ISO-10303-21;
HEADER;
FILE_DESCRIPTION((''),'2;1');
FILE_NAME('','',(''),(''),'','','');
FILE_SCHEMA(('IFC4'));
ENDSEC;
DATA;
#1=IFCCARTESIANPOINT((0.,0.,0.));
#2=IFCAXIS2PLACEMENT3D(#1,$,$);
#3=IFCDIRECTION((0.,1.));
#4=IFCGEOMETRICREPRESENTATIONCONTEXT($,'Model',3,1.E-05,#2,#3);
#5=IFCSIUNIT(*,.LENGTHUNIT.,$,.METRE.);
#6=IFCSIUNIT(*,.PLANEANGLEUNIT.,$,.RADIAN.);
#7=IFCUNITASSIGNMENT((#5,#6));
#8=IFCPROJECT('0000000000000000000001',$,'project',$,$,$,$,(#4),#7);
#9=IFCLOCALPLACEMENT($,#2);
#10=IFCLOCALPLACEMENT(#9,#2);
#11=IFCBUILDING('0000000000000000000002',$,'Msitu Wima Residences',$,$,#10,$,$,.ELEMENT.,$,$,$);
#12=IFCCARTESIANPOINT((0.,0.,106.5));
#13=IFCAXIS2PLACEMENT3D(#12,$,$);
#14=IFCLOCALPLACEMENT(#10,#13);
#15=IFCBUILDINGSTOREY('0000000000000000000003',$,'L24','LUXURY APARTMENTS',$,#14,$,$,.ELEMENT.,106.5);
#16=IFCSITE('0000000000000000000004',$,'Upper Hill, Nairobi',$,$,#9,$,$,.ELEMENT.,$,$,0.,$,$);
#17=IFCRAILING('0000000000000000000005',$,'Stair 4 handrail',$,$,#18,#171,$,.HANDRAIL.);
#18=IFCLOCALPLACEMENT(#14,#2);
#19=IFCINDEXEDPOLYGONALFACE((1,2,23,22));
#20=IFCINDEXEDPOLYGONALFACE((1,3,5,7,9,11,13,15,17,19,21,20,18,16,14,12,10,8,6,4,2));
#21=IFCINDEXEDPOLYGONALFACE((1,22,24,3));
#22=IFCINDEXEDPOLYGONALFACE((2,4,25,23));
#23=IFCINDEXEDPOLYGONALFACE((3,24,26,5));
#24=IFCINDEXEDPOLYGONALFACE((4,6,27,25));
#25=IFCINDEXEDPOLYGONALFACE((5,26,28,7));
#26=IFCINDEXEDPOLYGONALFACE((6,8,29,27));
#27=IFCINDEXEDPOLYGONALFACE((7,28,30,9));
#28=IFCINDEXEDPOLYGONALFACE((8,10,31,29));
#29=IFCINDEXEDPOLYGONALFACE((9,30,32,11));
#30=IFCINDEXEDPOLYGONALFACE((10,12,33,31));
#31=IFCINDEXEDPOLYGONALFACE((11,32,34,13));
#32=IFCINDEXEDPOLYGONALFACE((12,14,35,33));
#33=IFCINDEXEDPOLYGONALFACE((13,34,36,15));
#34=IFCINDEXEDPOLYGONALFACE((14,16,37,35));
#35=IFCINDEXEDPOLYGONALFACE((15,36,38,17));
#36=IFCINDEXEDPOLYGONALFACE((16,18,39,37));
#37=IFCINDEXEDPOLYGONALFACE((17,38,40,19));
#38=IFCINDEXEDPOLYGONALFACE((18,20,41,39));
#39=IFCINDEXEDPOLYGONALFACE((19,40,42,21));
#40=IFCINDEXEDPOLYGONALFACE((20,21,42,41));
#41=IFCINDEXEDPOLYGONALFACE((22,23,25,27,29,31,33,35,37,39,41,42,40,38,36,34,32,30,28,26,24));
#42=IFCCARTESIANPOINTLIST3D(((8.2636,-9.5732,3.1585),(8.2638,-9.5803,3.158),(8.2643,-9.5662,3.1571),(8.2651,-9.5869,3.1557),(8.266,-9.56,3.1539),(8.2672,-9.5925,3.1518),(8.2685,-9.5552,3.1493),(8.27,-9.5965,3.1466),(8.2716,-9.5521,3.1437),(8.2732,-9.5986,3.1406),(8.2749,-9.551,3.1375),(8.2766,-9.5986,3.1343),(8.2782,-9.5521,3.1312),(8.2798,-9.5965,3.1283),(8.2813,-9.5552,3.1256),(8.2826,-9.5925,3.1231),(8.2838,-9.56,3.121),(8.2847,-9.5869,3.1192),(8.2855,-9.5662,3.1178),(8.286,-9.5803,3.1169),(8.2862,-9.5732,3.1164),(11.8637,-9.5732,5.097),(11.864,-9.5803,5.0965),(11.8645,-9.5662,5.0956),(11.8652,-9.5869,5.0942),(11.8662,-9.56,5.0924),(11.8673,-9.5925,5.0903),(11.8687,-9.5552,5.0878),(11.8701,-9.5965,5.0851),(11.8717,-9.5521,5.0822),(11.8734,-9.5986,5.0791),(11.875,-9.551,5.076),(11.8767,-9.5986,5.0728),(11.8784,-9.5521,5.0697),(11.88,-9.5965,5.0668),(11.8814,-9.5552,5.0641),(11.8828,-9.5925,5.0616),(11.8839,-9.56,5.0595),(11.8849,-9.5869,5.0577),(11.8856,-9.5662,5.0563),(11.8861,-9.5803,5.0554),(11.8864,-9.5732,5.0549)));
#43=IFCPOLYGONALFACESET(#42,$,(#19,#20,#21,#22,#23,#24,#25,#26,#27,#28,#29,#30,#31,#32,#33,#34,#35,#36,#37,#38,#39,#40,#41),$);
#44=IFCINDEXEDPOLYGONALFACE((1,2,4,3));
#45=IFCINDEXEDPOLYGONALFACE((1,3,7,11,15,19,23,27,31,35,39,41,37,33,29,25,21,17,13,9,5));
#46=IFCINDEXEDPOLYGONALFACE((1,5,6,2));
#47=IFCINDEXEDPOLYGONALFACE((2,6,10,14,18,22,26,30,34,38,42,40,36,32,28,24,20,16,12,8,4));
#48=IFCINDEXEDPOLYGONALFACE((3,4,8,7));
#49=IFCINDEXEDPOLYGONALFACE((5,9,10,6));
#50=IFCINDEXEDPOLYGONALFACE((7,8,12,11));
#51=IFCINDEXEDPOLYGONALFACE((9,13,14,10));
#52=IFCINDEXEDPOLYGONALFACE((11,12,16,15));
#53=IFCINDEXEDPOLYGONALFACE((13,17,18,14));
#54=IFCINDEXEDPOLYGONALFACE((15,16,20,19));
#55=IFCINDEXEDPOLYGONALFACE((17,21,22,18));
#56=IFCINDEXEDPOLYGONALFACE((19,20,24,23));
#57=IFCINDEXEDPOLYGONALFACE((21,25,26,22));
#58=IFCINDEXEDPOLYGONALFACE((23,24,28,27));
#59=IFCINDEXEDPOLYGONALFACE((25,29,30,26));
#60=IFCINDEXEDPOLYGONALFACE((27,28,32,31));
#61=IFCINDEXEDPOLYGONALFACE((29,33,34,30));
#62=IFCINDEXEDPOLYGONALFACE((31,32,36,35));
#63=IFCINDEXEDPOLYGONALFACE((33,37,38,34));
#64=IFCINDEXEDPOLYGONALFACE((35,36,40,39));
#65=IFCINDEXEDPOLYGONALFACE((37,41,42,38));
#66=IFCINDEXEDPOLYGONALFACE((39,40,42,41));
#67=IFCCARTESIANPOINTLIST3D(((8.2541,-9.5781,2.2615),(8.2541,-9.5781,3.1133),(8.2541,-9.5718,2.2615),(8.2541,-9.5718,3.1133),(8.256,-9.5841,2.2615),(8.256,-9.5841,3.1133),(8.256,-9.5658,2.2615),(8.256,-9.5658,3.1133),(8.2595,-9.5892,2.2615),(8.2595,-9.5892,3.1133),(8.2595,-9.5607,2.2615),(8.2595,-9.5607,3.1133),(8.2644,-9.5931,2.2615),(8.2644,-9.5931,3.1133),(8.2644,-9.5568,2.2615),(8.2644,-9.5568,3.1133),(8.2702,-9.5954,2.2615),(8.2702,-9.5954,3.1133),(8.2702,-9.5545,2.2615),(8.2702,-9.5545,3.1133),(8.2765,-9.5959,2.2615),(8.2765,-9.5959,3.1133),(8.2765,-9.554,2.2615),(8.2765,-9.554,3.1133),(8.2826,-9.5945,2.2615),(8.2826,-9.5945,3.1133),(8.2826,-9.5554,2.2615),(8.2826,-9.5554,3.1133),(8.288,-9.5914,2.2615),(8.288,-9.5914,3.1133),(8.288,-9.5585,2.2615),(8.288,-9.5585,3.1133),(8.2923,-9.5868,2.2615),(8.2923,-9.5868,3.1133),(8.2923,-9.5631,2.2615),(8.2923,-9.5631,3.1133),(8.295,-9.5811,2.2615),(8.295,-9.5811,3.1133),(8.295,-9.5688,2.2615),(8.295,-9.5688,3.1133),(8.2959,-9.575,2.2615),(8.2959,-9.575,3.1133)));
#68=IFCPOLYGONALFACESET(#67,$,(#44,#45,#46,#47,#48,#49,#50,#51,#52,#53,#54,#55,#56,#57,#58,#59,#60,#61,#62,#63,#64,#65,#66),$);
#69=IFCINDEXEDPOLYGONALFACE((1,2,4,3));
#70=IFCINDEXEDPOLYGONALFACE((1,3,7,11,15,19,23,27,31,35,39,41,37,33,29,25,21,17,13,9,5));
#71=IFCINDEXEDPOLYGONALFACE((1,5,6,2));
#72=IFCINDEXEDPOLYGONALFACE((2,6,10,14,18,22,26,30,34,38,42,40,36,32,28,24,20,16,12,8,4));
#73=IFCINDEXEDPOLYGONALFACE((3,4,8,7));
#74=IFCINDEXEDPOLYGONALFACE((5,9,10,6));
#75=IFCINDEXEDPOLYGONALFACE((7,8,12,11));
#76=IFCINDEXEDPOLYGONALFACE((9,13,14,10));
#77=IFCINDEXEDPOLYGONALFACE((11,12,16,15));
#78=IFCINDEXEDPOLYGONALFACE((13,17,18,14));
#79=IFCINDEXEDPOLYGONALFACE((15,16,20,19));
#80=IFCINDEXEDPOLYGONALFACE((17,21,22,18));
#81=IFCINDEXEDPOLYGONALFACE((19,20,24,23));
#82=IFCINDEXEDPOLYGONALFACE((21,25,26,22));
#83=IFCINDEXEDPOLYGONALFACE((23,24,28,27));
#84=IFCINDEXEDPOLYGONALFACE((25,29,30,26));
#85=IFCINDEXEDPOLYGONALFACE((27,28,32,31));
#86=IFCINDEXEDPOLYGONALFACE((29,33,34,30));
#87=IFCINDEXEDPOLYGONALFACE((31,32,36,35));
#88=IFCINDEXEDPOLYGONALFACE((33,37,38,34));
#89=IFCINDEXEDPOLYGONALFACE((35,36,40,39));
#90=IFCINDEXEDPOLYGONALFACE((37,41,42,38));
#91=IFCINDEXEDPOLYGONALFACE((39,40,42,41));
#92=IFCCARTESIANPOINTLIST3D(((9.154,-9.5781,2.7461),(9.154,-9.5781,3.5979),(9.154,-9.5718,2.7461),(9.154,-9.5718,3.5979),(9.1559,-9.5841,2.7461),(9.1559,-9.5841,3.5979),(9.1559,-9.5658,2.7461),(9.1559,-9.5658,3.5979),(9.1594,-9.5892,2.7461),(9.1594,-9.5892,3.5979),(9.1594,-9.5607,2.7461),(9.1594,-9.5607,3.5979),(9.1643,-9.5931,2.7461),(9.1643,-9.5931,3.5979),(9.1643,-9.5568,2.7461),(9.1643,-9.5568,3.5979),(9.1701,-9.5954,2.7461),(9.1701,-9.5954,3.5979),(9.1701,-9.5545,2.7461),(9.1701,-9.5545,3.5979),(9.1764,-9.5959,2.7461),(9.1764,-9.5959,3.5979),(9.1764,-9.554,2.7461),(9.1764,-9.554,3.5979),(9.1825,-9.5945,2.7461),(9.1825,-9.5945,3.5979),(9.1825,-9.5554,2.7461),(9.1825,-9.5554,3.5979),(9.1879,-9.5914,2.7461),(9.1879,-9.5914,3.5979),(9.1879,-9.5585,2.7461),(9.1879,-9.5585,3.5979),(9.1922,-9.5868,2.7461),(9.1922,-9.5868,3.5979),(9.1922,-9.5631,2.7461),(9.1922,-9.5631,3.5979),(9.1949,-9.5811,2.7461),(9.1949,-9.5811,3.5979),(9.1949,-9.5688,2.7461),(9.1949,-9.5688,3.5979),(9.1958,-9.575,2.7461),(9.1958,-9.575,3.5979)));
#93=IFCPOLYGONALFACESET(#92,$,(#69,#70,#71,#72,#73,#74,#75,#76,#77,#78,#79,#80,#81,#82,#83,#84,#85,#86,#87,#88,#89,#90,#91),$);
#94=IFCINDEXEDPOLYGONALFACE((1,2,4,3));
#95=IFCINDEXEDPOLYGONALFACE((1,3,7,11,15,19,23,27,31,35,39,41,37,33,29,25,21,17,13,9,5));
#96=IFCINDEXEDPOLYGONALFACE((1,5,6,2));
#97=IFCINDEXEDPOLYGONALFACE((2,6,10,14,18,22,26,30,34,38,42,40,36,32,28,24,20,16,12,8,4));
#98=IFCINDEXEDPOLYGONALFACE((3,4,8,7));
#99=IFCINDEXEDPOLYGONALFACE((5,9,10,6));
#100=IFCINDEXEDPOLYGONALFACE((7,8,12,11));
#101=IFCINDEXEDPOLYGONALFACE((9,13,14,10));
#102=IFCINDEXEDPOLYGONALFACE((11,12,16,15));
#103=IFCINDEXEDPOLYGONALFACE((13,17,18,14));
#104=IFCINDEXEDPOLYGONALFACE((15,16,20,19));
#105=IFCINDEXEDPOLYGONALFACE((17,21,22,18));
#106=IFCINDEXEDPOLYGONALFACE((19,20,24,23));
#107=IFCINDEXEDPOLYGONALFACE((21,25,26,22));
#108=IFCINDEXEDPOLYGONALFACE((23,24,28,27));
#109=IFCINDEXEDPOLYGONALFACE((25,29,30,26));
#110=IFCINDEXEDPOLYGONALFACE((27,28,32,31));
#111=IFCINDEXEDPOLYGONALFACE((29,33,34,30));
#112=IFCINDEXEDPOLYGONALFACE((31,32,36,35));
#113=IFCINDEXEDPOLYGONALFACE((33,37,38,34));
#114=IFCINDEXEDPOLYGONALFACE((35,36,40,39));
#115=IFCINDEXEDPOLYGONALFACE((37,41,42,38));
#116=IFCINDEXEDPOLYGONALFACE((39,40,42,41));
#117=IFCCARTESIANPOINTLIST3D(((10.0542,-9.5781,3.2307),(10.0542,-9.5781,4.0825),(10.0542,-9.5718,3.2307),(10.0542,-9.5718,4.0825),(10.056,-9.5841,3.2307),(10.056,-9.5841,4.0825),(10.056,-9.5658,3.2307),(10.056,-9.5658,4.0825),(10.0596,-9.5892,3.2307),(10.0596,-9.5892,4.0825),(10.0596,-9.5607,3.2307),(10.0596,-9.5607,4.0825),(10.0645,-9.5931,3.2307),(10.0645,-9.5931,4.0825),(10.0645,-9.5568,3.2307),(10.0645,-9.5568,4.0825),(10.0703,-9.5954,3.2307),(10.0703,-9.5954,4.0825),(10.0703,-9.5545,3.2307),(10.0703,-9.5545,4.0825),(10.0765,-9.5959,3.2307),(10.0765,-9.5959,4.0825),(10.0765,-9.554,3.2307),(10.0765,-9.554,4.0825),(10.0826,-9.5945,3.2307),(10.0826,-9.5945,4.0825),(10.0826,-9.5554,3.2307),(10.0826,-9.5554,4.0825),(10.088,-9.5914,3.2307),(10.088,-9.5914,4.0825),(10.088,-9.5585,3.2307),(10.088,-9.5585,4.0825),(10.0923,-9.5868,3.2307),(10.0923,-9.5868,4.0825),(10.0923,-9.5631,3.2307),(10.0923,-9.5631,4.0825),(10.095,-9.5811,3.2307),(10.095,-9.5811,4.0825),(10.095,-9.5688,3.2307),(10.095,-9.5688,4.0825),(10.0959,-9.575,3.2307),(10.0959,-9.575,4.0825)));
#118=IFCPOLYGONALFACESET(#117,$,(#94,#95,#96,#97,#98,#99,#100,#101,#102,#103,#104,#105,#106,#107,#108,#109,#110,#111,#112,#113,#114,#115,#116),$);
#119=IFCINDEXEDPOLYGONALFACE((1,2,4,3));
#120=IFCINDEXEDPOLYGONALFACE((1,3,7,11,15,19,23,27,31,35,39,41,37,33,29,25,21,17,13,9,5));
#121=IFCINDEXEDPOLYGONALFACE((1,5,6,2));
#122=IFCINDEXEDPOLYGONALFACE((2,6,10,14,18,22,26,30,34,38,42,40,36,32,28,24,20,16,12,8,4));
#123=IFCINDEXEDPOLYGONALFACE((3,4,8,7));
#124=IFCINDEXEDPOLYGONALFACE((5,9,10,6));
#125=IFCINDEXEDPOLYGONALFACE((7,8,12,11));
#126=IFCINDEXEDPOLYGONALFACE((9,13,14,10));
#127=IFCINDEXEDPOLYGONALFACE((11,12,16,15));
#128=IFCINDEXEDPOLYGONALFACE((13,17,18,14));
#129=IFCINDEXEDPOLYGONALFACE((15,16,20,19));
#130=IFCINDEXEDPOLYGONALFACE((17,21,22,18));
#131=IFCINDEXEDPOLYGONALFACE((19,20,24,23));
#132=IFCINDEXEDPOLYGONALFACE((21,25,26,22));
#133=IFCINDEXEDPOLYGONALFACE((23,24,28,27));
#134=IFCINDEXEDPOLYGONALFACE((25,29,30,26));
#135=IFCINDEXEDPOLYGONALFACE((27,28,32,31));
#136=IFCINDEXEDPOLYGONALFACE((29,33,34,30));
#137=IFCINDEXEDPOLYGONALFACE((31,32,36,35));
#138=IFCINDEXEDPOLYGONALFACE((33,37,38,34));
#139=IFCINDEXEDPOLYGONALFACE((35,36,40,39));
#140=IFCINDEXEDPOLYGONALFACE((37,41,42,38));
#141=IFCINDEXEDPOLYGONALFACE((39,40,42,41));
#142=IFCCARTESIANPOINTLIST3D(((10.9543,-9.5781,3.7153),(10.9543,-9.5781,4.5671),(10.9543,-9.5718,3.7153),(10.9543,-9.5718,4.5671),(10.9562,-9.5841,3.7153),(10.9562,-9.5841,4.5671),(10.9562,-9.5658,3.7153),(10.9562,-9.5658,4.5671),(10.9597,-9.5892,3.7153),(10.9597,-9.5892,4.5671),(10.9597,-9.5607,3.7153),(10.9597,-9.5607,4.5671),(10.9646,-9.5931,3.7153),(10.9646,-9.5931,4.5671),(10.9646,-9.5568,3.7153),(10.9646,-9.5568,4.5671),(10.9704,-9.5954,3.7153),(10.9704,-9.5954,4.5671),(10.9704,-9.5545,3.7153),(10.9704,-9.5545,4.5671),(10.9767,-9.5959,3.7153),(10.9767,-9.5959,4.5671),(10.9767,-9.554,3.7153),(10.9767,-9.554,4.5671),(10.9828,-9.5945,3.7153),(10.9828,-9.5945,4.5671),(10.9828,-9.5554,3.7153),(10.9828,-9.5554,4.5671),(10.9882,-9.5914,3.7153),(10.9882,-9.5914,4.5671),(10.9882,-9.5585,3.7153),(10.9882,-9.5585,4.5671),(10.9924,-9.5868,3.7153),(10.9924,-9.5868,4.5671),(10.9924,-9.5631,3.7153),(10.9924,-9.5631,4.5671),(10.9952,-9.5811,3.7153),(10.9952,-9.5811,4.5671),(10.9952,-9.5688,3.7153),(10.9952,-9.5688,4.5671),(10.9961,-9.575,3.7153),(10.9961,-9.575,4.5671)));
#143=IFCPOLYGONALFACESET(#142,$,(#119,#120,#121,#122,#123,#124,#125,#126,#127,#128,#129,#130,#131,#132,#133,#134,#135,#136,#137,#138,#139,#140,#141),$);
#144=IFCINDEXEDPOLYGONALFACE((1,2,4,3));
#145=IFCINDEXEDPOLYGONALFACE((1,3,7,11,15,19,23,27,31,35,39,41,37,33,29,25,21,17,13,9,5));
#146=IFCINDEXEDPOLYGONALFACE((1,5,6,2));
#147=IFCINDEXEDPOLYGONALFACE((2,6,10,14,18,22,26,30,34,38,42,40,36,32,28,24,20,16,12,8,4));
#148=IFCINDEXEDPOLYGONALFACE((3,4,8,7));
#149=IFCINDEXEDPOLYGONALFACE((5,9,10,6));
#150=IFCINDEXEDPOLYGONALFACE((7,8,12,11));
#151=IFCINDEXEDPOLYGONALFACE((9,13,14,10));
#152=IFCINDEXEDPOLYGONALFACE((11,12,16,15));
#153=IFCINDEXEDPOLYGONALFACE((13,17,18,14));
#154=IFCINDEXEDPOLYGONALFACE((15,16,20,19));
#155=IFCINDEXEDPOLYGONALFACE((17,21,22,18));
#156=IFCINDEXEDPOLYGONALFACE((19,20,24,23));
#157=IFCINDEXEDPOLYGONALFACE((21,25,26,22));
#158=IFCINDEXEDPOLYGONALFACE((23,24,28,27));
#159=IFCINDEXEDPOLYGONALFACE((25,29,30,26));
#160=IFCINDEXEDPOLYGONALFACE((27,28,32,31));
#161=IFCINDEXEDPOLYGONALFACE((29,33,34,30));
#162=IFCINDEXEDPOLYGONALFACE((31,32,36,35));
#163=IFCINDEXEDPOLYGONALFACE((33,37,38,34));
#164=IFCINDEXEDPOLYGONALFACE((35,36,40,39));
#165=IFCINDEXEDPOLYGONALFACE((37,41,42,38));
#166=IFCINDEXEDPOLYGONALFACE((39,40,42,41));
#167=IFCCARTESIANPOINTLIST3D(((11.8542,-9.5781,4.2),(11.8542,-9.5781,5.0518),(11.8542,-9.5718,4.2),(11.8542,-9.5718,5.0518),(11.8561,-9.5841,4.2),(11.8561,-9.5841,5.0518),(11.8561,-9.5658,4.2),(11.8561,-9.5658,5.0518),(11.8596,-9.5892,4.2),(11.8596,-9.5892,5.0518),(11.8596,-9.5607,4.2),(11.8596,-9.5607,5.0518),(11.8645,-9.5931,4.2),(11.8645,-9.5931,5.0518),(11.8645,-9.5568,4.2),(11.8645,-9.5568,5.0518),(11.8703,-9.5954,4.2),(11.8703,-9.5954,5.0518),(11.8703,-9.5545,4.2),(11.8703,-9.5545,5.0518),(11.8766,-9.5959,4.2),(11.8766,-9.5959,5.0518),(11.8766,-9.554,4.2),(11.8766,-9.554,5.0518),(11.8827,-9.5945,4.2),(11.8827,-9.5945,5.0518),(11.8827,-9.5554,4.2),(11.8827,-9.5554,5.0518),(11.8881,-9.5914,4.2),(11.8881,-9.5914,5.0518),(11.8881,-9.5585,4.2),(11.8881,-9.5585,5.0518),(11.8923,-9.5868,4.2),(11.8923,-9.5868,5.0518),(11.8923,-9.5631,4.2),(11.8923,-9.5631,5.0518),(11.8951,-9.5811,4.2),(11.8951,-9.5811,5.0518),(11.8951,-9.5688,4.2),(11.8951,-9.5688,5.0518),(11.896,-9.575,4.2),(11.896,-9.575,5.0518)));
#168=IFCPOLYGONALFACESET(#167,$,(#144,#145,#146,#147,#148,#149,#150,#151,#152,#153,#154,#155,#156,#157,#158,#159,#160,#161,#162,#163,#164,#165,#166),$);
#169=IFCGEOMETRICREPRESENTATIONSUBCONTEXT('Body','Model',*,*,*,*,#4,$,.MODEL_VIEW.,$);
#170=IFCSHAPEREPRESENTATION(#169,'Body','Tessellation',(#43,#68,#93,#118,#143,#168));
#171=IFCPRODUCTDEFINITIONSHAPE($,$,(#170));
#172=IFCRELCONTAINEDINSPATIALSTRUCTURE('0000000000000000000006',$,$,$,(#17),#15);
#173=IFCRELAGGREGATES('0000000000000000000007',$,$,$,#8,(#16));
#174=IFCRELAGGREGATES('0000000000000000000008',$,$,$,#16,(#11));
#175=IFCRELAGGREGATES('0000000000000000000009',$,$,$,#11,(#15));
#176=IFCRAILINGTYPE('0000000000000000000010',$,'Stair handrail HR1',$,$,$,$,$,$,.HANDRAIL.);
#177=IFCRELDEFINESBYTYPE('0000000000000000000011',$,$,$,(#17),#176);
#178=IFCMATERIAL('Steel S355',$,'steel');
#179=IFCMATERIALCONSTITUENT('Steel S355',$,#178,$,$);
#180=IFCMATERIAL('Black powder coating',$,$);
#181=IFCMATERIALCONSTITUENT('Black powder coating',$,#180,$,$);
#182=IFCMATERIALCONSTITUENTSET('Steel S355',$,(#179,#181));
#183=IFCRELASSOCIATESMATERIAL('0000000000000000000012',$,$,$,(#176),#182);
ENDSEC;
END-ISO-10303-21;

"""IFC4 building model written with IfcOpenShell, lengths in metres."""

from ifc_helpers import new_model, si_unit, direction, frame, origin, origin_2d, place, context, subcontext, project, spatial, circle, extrude, material, constituent, constituent_set, type_object, element, save


model = new_model("IFC4")

# Units and contexts
model_context = context("Model", 3, precision=1e-05, world=origin(), true_north=direction((0.0, 1.0)))
body_context = subcontext(model_context, "Body", "Model", "MODEL_VIEW")
ifc_project = project(units=[si_unit("LENGTHUNIT", "METRE"), si_unit("PLANEANGLEUNIT", "RADIAN")], contexts=[model_context])

# Site, building, storey
site_placement = place(None, origin())
site = spatial("IfcSite", under=ifc_project, at=site_placement, Name="Upper Hill, Nairobi", CompositionType="ELEMENT", RefElevation=0.0)
building_placement = place(site_placement, origin())
building = spatial("IfcBuilding", under=site, at=building_placement, Name="Msitu Wima Residences", CompositionType="ELEMENT")
storey_placement = place(building_placement, frame((0.0, 0.0, 106.5)))
storey = spatial("IfcBuildingStorey", under=building, at=storey_placement, Name="L24", Description="LUXURY APARTMENTS", CompositionType="ELEMENT", Elevation=106.5)

# Railing
ifc_material_1 = material(Name="Steel S355", Category="steel")
ifc_constituent_1 = constituent(ifc_material_1, Name="Steel S355")
ifc_material_2 = material(Name="Black powder coating")
ifc_constituent_2 = constituent(ifc_material_2, Name="Black powder coating")
ifc_constituent_set = constituent_set(constituents=[ifc_constituent_1, ifc_constituent_2], Name="Steel S355")
railing_type = type_object("IfcRailingType", Name="Stair handrail HR1", PredefinedType="HANDRAIL", material=ifc_constituent_set)
for number, where, name in (
    (1, (8.2749, -9.575, 2.2615), "Stair 4 handrail"),
):
    element("IfcRailing", number, at=place(storey_placement, frame(where)), inside=storey, type_object=railing_type, Name=name, PredefinedType="HANDRAIL", context=body_context, shape_type="SweptSolid", body=[
        extrude(circle(Radius=0.0239, at=origin_2d()), frame((0.0, 0.0, 0.876), z_axis=(0.880475, 0.0, 0.474093), x_axis=(0.0, 1.0, 0.0)), (0.0, 0.0, 1.0), 4.0889),
        extrude(circle(Radius=0.021, at=origin_2d()), origin(), (0.0, 0.0, 1.0), 0.8518),
        extrude(circle(Radius=0.021, at=origin_2d()), frame((0.8999, 0.0, 0.4846)), (0.0, 0.0, 1.0), 0.8518),
        extrude(circle(Radius=0.021, at=origin_2d()), frame((1.8, 0.0, 0.9692)), (0.0, 0.0, 1.0), 0.8518),
        extrude(circle(Radius=0.021, at=origin_2d()), frame((2.7002, 0.0, 1.4539)), (0.0, 0.0, 1.0), 0.8518),
        extrude(circle(Radius=0.021, at=origin_2d()), frame((3.6001, 0.0, 1.9385)), (0.0, 0.0, 1.0), 0.8518),
    ])

save(model, "model.ifc")
